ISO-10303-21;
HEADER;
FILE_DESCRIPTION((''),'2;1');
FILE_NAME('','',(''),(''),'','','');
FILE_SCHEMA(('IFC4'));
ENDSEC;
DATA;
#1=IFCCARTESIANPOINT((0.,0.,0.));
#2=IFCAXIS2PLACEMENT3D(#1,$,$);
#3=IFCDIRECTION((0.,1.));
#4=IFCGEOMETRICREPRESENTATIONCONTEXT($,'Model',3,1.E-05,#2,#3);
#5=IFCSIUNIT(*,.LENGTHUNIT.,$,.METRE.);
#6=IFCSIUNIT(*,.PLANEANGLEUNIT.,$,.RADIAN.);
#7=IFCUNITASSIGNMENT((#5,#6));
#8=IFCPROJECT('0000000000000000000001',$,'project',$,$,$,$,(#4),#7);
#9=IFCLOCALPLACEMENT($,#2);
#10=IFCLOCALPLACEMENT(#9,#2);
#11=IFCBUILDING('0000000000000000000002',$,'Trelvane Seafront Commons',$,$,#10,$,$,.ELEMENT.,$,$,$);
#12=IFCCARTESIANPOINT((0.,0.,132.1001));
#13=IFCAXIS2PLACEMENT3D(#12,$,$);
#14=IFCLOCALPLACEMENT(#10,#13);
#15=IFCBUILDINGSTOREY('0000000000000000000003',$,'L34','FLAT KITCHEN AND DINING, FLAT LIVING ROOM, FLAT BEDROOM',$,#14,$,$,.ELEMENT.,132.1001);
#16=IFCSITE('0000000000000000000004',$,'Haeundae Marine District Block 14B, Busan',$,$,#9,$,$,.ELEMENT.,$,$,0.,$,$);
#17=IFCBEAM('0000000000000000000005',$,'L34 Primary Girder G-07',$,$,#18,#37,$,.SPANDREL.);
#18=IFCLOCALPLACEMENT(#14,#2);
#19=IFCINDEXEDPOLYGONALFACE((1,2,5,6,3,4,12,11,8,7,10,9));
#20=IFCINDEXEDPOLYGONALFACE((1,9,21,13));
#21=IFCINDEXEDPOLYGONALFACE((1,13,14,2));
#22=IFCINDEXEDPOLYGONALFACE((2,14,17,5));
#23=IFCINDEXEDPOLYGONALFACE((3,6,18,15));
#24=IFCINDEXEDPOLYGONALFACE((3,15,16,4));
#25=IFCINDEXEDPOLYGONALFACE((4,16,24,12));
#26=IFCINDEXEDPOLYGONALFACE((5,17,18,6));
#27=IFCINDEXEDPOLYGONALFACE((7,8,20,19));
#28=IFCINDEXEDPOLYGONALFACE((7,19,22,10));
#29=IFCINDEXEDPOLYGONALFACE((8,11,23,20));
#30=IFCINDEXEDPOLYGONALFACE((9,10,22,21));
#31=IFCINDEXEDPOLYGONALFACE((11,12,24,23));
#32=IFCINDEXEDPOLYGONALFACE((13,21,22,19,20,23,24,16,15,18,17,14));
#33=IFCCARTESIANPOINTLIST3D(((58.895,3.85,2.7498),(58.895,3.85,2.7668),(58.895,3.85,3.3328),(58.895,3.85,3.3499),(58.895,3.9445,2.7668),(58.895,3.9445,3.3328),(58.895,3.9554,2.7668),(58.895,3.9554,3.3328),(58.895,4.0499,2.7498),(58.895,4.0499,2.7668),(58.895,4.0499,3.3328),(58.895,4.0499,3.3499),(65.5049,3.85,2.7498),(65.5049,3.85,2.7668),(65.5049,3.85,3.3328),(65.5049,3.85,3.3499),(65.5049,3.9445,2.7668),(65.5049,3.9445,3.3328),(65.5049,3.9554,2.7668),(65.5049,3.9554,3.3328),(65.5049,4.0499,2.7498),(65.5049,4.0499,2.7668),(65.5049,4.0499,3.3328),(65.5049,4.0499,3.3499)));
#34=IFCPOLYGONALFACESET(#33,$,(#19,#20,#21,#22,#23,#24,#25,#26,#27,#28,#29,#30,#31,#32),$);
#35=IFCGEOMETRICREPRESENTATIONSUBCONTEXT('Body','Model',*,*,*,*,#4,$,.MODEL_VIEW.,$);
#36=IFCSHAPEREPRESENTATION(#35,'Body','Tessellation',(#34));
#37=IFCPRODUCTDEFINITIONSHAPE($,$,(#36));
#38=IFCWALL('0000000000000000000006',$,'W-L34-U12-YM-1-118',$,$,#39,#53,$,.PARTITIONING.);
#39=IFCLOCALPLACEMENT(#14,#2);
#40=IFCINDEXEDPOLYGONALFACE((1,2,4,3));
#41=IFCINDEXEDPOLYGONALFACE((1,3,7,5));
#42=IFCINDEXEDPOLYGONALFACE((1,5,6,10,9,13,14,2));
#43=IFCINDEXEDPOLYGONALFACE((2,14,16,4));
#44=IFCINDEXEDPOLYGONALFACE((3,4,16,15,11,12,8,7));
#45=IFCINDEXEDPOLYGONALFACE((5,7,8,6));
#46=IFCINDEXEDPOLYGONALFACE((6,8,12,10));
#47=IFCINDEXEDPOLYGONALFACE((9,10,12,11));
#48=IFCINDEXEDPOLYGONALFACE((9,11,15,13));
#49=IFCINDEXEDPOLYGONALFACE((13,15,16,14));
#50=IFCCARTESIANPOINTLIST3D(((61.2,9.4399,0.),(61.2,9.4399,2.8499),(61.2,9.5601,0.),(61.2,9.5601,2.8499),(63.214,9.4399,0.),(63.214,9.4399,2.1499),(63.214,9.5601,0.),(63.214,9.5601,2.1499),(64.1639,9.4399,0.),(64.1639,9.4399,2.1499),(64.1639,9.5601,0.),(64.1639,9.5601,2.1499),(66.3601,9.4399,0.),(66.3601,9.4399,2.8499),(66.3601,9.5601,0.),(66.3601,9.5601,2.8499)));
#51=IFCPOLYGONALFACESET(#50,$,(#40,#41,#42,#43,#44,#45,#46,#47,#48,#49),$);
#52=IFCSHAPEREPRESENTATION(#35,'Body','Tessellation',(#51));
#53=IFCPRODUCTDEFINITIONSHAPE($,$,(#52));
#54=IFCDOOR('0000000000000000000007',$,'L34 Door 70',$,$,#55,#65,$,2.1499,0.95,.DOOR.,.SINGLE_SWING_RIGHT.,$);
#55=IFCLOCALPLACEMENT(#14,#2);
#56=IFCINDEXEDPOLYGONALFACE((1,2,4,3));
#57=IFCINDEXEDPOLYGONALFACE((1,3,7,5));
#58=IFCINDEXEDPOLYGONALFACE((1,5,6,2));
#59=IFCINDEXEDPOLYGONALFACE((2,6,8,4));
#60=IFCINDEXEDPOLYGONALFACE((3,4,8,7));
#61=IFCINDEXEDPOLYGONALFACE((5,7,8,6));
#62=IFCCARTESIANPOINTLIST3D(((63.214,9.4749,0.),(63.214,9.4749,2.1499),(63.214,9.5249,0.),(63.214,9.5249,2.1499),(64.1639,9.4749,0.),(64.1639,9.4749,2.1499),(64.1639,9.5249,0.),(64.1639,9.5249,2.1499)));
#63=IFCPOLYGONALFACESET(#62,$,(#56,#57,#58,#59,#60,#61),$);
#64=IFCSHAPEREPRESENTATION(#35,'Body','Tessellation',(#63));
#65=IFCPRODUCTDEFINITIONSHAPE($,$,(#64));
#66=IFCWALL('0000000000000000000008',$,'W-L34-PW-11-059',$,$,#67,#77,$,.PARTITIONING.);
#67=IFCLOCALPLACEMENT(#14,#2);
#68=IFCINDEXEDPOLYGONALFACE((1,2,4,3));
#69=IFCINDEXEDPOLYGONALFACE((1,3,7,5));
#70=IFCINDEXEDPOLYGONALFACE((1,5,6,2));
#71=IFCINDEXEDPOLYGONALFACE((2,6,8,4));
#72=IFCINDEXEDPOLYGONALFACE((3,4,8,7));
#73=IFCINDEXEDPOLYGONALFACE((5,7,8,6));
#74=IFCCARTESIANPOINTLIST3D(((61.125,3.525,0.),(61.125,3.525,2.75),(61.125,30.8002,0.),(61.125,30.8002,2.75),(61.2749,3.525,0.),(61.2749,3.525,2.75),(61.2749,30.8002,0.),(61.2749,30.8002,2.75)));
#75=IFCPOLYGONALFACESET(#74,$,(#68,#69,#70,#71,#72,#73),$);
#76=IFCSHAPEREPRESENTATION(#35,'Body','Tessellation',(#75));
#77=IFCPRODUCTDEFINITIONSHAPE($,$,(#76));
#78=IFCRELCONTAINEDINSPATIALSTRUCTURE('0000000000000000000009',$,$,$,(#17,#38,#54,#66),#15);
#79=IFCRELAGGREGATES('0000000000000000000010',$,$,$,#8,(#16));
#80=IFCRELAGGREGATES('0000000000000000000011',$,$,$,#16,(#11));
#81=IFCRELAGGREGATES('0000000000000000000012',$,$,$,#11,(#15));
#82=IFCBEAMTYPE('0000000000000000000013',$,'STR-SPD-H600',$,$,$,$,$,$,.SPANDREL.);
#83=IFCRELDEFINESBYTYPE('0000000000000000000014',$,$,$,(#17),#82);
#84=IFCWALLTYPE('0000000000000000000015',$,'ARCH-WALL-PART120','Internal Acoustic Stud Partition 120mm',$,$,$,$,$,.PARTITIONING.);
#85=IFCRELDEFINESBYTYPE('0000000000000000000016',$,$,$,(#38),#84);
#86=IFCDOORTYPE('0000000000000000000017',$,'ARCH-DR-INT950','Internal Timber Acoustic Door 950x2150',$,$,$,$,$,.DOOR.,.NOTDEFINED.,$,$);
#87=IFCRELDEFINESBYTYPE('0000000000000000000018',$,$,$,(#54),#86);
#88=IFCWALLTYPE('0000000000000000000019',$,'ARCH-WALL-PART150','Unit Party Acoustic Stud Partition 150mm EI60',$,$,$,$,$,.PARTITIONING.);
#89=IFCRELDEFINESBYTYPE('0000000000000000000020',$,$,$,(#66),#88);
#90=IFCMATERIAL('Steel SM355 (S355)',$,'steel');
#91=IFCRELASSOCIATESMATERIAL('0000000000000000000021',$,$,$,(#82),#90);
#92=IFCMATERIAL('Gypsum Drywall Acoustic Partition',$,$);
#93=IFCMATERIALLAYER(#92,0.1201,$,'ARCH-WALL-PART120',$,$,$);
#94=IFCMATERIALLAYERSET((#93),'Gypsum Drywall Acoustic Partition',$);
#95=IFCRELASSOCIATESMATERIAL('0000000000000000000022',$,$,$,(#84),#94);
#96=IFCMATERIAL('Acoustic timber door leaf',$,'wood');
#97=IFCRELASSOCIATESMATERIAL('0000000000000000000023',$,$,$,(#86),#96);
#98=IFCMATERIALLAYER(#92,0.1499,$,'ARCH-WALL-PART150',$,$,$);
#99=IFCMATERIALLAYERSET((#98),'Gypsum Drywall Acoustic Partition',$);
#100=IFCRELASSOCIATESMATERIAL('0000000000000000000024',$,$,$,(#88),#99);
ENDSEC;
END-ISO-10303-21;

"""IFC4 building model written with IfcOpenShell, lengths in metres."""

from ifc_helpers import new_model, si_unit, direction, frame, frame_2d, origin, origin_2d, place, context, subcontext, project, spatial, rectangle, i_section, extrude, source, transform, mapped, material, layer, layer_set, material_profile, profile_set, type_object, element, fill, save


model = new_model("IFC4")

# Units and contexts
model_context = context("Model", 3, precision=1e-05, world=origin(), true_north=direction((0.0, 1.0)))
body_context = subcontext(model_context, "Body", "Model", "MODEL_VIEW")
ifc_project = project(units=[si_unit("LENGTHUNIT", "METRE"), si_unit("PLANEANGLEUNIT", "RADIAN")], contexts=[model_context])

# Site, building, storey
site_placement = place(None, origin())
site = spatial("IfcSite", under=ifc_project, at=site_placement, Name="Haeundae Marine District Block 14B, Busan", CompositionType="ELEMENT", RefElevation=0.0)
building_placement = place(site_placement, origin())
building = spatial("IfcBuilding", under=site, at=building_placement, Name="Trelvane Seafront Commons", CompositionType="ELEMENT")
storey_placement = place(building_placement, frame((0.0, 0.0, 132.1001)))
storey = spatial("IfcBuildingStorey", under=building, at=storey_placement, Name="L34", Description="FLAT KITCHEN AND DINING, FLAT LIVING ROOM, FLAT BEDROOM", CompositionType="ELEMENT", Elevation=132.1001)

# Beam
ifc_material_1 = material(Name="Steel SM355 (S355)", Category="steel")
ifc_material_profile = material_profile(ifc_material_1, i_section(OverallWidth=0.2, OverallDepth=0.6001, WebThickness=0.011, FlangeThickness=0.0171, at=origin_2d()), Name="H-600x200x11x17")
ifc_profile_set = profile_set([ifc_material_profile], Name="Steel SM355 (S355)")
beam_type = type_object("IfcBeamType", Name="STR-SPD-H600", PredefinedType="SPANDREL", material=ifc_profile_set)
shared_shape_1 = source(origin(), body_context, "Body", "SweptSolid", [
    extrude(i_section(OverallWidth=0.2, OverallDepth=0.6001, WebThickness=0.011, FlangeThickness=0.0171, at=origin_2d()), origin(), (0.0, 0.0, 1.0), 6.6099),
])
beam_placement = place(storey_placement, frame((58.895, 3.95, 3.0498), z_axis=(1.0, 0.0, 0.0), x_axis=(0.0, 1.0, 0.0)))
element("IfcBeam", 1, at=beam_placement, inside=storey, type_object=beam_type, Name="L34 Primary Girder G-07", PredefinedType="SPANDREL", context=body_context, shape_type="MappedRepresentation", body=[
    mapped(shared_shape_1, transform((0.0, 0.0, 0.0), x_axis=(1.0, 0.0, 0.0), y_axis=(0.0, 1.0, 0.0), z_axis=(0.0, 0.0, 1.0), scale=1.0)),
])

# Wall, opening, door
ifc_material_2 = material(Name="Gypsum Drywall Acoustic Partition")
ifc_layer_1 = layer(ifc_material_2, 0.1201, Name="ARCH-WALL-PART120")
ifc_layer_set_1 = layer_set([ifc_layer_1], Name="Gypsum Drywall Acoustic Partition")
wall_type_1 = type_object("IfcWallType", Name="ARCH-WALL-PART120", Description="Internal Acoustic Stud Partition 120mm", PredefinedType="PARTITIONING", material=ifc_layer_set_1)
wall_1_placement = place(storey_placement, frame((61.2, 9.5, 0.0), z_axis=(0.0, 0.0, 1.0), x_axis=(1.0, 0.0, 0.0)))
wall_1 = element("IfcWall", 2, at=wall_1_placement, inside=storey, type_object=wall_type_1, Name="W-L34-U12-YM-1-118", PredefinedType="PARTITIONING", context=body_context, shape_type="SweptSolid", body=[
    extrude(rectangle(XDim=5.1602, YDim=0.1201, at=frame_2d((2.5801, 0.0))), origin(), (0.0, 0.0, 1.0), 2.8499),
])
opening_placement = place(wall_1_placement, frame((2.0139, 0.0, 0.0)))
opening = element("IfcOpeningElement", 3, at=opening_placement, cuts=wall_1, PredefinedType="OPENING", context=body_context, shape_type="SweptSolid", body=[
    extrude(rectangle(XDim=0.95, YDim=2.1499, at=frame_2d((0.4751, 1.075))), frame((0.0, 0.0701, 0.0), z_axis=(0.0, -1.0, 0.0), x_axis=(1.0, 0.0, 0.0)), (0.0, 0.0, 1.0), 0.1401),
])
ifc_material_3 = material(Name="Acoustic timber door leaf", Category="wood")
door_type = type_object("IfcDoorType", Name="ARCH-DR-INT950", Description="Internal Timber Acoustic Door 950x2150", OperationType="NOTDEFINED", PredefinedType="DOOR", material=ifc_material_3)
shared_shape_2 = source(origin(), body_context, "Body", "SweptSolid", [
    extrude(rectangle(XDim=0.95, YDim=2.1499, at=frame_2d((0.4751, 1.075))), frame((0.0, 0.0249, 0.0), z_axis=(0.0, -1.0, 0.0), x_axis=(1.0, 0.0, 0.0)), (0.0, 0.0, 1.0), 0.05),
])
door_placement = place(opening_placement, origin())
door = element("IfcDoor", 4, at=door_placement, inside=storey, type_object=door_type, Name="L34 Door 70", OperationType="SINGLE_SWING_RIGHT", OverallHeight=2.1499, OverallWidth=0.95, PredefinedType="DOOR", context=body_context, shape_type="MappedRepresentation", body=[
    mapped(shared_shape_2, transform((0.0, 0.0, 0.0), x_axis=(1.0, 0.0, 0.0), y_axis=(0.0, 1.0, 0.0), z_axis=(0.0, 0.0, 1.0), scale=1.0)),
])
fill(opening, door)

# Wall
ifc_layer_2 = layer(ifc_material_2, 0.1499, Name="ARCH-WALL-PART150")
ifc_layer_set_2 = layer_set([ifc_layer_2], Name="Gypsum Drywall Acoustic Partition")
wall_type_2 = type_object("IfcWallType", Name="ARCH-WALL-PART150", Description="Unit Party Acoustic Stud Partition 150mm EI60", PredefinedType="PARTITIONING", material=ifc_layer_set_2)
wall_2_placement = place(storey_placement, frame((61.2, 3.5249, 0.0), z_axis=(0.0, 0.0, 1.0), x_axis=(0.0, 1.0, 0.0)))
element("IfcWall", 5, at=wall_2_placement, inside=storey, type_object=wall_type_2, Name="W-L34-PW-11-059", PredefinedType="PARTITIONING", context=body_context, shape_type="SweptSolid", body=[
    extrude(rectangle(XDim=27.2751, YDim=0.1499, at=frame_2d((13.6377, 0.0))), origin(), (0.0, 0.0, 1.0), 2.75),
])

save(model, "model.ifc")
